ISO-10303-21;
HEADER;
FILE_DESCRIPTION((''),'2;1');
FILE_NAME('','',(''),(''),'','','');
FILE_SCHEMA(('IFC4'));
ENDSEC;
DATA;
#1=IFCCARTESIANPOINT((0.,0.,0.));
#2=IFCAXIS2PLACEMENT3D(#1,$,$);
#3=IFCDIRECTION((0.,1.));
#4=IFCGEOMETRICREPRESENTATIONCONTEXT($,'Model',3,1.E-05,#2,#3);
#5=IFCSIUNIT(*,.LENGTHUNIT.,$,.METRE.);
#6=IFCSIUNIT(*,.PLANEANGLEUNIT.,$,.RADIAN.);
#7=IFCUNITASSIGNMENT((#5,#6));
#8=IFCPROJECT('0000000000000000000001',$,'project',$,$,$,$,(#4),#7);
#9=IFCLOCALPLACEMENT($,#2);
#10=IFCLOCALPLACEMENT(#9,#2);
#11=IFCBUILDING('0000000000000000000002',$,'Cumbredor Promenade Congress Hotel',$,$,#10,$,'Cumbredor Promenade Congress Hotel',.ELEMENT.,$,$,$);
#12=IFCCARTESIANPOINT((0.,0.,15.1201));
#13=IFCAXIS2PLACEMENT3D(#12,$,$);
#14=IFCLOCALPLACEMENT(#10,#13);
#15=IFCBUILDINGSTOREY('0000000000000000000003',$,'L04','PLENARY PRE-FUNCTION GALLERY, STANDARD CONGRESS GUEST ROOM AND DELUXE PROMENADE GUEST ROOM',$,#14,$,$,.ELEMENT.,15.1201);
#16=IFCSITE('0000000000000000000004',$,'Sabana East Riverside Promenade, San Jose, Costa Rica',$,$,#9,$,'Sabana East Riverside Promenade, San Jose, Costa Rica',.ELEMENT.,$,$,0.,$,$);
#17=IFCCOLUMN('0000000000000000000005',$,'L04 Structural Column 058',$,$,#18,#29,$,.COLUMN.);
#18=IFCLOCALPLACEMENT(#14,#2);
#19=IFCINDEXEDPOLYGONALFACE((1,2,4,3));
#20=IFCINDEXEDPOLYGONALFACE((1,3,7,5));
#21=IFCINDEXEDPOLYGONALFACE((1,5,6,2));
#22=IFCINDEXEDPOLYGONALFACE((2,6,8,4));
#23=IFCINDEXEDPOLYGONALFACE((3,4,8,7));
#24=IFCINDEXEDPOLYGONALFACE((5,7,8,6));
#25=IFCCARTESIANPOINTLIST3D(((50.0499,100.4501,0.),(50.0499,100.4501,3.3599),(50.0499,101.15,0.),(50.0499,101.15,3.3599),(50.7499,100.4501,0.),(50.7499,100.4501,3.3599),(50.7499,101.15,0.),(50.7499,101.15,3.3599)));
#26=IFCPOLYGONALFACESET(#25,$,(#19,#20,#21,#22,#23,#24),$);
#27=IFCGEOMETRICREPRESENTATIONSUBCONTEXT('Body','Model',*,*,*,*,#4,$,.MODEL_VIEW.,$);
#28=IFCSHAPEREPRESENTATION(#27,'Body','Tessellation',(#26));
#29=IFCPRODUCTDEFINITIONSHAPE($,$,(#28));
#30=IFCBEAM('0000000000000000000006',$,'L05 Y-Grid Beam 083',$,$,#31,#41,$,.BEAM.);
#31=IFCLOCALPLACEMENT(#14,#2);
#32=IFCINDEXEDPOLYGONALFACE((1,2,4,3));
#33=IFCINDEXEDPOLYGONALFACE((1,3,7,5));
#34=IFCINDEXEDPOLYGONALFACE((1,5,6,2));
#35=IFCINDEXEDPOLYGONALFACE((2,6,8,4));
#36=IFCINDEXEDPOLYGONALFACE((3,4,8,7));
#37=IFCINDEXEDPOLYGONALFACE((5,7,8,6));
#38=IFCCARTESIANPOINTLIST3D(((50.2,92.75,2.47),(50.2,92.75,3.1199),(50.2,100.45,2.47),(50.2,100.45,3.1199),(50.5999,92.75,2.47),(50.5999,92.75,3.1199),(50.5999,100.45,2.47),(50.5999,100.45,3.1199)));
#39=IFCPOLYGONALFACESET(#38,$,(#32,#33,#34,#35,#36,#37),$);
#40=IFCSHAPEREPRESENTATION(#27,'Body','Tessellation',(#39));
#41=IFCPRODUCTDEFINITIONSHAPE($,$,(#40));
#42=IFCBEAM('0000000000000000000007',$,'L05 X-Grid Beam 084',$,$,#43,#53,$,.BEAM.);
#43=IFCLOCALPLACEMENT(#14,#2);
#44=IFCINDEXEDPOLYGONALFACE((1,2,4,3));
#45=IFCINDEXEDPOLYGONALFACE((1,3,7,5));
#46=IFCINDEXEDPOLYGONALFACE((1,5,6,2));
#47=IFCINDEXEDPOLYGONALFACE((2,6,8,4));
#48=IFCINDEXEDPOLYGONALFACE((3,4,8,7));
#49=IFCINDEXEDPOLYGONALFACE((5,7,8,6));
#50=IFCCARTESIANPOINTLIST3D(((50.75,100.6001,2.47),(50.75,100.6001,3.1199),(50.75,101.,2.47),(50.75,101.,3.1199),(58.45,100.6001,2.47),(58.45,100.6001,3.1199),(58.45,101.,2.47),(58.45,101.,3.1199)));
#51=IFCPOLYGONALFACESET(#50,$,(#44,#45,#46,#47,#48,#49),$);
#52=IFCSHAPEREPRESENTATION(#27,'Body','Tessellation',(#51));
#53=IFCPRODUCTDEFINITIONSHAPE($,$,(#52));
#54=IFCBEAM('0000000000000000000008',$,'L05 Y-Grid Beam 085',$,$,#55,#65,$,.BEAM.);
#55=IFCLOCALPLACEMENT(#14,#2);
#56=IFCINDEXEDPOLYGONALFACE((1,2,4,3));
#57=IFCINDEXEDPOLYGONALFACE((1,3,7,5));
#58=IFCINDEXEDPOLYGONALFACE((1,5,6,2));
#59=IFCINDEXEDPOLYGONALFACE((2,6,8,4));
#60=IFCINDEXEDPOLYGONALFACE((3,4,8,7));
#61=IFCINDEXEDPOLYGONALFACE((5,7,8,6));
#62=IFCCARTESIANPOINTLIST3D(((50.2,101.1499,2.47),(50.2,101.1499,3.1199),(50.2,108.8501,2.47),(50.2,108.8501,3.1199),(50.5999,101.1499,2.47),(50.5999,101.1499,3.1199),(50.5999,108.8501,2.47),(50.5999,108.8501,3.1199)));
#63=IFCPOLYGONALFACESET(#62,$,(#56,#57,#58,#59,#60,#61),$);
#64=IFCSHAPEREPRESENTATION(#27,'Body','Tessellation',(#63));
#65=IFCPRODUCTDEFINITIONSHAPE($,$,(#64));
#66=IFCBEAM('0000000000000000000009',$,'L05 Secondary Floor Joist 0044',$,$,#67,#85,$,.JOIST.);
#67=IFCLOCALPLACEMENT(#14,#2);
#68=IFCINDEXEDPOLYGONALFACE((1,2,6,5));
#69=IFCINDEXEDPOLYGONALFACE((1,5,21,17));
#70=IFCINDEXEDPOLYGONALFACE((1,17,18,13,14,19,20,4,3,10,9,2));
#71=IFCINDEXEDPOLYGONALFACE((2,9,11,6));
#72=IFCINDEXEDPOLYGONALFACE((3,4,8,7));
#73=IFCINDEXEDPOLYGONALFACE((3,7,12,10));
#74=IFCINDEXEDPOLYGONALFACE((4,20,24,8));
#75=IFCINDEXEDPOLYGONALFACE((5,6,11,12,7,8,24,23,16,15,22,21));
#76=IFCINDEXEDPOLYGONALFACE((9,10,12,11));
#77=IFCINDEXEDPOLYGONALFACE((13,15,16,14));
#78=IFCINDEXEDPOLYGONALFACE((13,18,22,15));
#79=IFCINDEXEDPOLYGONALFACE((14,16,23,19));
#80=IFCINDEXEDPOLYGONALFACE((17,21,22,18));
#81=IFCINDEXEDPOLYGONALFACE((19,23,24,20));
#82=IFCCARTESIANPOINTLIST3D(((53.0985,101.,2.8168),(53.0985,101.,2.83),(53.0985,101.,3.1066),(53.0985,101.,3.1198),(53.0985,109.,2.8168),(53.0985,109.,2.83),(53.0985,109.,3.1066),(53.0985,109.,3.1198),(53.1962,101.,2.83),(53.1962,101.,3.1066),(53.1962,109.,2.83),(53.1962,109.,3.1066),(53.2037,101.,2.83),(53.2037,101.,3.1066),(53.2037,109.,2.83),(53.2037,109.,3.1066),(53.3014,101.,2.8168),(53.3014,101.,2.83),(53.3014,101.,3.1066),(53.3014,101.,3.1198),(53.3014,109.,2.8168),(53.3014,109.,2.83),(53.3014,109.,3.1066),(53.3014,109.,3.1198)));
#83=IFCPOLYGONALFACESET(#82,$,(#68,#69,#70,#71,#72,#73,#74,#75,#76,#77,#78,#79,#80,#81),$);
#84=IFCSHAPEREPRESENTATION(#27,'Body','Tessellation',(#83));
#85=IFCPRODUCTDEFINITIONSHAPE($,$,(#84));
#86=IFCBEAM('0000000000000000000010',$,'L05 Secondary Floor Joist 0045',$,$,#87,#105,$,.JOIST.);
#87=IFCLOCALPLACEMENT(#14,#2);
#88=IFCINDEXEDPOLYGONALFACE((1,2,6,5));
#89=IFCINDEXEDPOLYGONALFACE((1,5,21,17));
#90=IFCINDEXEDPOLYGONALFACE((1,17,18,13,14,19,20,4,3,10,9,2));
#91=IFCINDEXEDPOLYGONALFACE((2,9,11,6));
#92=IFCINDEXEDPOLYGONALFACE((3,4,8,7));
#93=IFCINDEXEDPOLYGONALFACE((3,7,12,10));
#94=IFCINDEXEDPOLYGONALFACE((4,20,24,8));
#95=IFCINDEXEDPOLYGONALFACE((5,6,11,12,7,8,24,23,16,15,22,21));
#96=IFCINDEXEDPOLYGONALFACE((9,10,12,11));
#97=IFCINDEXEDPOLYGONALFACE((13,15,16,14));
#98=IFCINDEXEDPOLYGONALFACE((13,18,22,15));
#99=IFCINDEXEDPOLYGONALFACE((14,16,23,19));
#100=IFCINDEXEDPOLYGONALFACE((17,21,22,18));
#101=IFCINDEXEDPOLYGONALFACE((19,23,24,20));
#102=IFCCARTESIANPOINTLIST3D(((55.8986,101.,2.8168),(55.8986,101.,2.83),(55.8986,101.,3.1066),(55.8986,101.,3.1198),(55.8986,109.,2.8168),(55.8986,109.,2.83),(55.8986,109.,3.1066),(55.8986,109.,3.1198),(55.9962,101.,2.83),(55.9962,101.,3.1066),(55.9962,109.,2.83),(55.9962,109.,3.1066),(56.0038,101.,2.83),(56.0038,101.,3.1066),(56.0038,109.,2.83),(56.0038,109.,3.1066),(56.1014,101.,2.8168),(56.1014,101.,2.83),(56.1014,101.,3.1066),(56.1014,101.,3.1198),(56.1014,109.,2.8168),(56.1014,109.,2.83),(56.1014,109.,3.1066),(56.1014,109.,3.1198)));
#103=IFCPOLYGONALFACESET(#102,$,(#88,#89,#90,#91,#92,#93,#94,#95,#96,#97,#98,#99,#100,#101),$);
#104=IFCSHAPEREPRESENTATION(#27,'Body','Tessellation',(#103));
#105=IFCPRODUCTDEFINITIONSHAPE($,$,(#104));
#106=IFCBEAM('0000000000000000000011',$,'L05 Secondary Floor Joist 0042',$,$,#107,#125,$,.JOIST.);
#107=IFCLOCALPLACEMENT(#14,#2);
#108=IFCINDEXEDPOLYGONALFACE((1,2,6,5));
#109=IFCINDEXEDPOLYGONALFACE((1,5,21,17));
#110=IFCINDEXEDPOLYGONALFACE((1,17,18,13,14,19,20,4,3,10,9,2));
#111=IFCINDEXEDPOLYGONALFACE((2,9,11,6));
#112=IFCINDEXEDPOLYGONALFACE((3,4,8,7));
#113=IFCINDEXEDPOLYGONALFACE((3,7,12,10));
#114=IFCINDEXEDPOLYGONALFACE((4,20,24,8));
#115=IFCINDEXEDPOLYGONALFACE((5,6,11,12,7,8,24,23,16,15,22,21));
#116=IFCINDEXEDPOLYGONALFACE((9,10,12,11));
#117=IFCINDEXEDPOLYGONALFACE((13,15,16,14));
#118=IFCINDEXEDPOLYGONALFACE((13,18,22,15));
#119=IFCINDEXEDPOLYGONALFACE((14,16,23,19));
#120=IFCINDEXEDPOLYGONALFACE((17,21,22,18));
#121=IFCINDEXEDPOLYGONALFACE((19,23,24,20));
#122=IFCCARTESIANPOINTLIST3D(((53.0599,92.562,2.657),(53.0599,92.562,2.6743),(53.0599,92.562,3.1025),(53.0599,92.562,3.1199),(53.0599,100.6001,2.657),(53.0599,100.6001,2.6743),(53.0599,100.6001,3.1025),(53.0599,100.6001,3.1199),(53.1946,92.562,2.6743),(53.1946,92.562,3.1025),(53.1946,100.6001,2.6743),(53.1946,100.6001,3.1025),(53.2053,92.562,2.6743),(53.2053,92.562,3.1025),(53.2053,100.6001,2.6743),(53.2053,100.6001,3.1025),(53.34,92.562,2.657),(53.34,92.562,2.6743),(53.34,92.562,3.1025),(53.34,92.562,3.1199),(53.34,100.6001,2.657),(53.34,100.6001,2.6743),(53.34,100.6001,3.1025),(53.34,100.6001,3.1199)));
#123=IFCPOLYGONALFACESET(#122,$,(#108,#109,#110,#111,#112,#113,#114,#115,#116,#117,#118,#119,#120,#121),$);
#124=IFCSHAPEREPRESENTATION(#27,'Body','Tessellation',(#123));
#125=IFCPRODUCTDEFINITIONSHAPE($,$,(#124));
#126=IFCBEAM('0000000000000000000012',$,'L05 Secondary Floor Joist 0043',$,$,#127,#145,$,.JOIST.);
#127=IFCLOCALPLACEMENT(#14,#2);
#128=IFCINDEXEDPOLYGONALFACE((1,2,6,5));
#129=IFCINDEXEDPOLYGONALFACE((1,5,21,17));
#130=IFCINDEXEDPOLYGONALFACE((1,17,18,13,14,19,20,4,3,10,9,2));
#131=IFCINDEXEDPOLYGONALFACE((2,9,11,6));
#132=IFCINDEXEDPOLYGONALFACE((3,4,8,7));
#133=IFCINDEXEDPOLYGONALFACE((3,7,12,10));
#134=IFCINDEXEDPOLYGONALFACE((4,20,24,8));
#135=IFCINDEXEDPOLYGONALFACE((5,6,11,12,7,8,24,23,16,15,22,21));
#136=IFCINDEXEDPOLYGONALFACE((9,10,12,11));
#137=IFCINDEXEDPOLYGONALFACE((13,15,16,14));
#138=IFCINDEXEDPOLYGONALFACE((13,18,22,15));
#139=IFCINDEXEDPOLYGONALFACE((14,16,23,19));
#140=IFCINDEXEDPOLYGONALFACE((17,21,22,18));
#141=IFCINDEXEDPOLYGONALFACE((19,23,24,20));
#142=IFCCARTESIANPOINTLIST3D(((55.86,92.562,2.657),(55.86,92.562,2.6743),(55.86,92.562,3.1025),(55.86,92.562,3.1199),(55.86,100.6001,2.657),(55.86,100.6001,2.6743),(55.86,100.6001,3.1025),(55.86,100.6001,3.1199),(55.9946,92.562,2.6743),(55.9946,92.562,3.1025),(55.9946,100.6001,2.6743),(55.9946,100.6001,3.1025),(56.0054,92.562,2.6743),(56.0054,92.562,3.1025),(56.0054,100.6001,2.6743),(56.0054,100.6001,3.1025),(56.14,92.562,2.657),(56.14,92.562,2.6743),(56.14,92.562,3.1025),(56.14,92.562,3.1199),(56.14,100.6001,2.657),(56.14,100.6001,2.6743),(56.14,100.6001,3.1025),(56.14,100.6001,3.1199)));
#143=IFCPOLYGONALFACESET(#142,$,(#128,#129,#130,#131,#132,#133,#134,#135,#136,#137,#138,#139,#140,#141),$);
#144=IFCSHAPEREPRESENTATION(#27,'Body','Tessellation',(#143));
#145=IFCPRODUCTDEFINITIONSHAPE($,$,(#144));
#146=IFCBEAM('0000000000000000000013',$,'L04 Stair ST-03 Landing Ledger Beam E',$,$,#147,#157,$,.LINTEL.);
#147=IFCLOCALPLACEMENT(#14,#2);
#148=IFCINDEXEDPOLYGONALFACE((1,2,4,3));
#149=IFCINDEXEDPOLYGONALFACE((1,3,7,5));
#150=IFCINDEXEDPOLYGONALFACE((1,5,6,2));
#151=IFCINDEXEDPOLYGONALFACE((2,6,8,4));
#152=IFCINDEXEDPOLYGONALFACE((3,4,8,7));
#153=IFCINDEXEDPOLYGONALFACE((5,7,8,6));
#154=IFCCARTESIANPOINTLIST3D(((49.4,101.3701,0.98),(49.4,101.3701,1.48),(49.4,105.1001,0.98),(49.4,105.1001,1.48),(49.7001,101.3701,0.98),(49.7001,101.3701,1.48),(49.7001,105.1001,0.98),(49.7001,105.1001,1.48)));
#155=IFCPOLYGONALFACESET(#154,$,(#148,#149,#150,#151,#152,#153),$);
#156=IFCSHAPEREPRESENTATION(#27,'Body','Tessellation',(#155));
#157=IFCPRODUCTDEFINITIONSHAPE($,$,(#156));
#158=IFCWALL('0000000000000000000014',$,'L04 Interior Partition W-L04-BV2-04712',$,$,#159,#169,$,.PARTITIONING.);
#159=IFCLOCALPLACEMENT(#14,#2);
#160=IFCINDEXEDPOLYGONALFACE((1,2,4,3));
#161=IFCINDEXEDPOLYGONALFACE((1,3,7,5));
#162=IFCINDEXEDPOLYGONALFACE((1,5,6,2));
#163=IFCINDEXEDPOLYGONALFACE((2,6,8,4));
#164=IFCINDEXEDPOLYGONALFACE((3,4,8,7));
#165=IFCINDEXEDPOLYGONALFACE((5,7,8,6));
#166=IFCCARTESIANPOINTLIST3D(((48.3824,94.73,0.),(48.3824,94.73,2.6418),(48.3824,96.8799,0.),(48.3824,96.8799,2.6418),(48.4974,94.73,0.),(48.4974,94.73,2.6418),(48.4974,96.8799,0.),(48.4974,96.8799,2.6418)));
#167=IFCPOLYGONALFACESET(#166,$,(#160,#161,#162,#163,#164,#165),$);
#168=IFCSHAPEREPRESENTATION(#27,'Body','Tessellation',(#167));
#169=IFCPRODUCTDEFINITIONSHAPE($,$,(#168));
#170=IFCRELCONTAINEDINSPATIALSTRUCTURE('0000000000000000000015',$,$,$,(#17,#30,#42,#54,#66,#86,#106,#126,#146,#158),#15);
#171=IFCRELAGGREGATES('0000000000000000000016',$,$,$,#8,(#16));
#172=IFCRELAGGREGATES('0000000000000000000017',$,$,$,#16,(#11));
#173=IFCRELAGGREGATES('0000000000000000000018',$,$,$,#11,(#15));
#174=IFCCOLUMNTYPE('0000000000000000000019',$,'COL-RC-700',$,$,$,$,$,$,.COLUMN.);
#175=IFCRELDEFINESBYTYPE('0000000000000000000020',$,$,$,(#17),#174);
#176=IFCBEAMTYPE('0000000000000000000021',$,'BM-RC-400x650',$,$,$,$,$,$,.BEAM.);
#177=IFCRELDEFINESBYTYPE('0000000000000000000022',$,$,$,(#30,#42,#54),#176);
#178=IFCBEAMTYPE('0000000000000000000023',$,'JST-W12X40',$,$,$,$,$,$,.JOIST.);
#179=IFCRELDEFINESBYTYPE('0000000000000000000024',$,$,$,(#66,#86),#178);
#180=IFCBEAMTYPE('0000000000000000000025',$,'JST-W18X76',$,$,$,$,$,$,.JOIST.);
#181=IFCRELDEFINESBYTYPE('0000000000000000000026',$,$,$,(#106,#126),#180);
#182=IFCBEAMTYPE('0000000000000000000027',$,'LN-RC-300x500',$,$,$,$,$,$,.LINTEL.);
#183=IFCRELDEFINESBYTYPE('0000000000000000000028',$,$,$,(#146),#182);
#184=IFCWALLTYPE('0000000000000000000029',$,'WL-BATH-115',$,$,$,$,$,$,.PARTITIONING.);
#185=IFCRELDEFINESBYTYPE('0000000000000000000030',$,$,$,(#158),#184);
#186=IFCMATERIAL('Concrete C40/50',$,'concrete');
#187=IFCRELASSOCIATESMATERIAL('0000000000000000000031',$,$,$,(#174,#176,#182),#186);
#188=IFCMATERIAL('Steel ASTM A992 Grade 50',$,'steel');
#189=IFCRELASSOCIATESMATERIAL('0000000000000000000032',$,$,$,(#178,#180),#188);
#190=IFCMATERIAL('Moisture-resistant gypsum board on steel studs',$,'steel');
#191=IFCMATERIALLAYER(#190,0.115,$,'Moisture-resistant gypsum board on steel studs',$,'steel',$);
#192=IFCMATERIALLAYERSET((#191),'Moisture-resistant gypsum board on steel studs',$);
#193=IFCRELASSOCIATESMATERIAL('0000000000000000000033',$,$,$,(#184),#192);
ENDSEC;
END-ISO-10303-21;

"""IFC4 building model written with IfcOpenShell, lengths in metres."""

from ifc_helpers import new_model, si_unit, direction, frame, frame_2d, origin, origin_2d, place, context, subcontext, project, spatial, rectangle, i_section, extrude, material, layer, layer_set, material_profile, profile_set, type_object, element, save


model = new_model("IFC4")

# Units and contexts
model_context = context("Model", 3, precision=1e-05, world=origin(), true_north=direction((0.0, 1.0)))
body_context = subcontext(model_context, "Body", "Model", "MODEL_VIEW")
ifc_project = project(units=[si_unit("LENGTHUNIT", "METRE"), si_unit("PLANEANGLEUNIT", "RADIAN")], contexts=[model_context])

# Site, building, storey
site_placement = place(None, origin())
site = spatial("IfcSite", under=ifc_project, at=site_placement, Name="Sabana East Riverside Promenade, San Jose, Costa Rica", LongName="Sabana East Riverside Promenade, San Jose, Costa Rica", CompositionType="ELEMENT", RefElevation=0.0)
building_placement = place(site_placement, origin())
building = spatial("IfcBuilding", under=site, at=building_placement, Name="Cumbredor Promenade Congress Hotel", LongName="Cumbredor Promenade Congress Hotel", CompositionType="ELEMENT")
storey_placement = place(building_placement, frame((0.0, 0.0, 15.1201)))
storey = spatial("IfcBuildingStorey", under=building, at=storey_placement, Name="L04", Description="PLENARY PRE-FUNCTION GALLERY, STANDARD CONGRESS GUEST ROOM AND DELUXE PROMENADE GUEST ROOM", CompositionType="ELEMENT", Elevation=15.1201)

# Column
ifc_material_1 = material(Name="Concrete C40/50", Category="concrete")
ifc_material_profile_1 = material_profile(ifc_material_1, rectangle(XDim=0.7, YDim=0.7, at=origin_2d()), Name="RC 700x700")
ifc_profile_set_1 = profile_set([ifc_material_profile_1], Name="Concrete C40/50")
column_type = type_object("IfcColumnType", Name="COL-RC-700", PredefinedType="COLUMN", material=ifc_profile_set_1)
column_placement = place(storey_placement, frame((50.3999, 100.8, 0.0), z_axis=(0.0, 0.0, 1.0), x_axis=(1.0, 0.0, 0.0)))
element("IfcColumn", 1, at=column_placement, inside=storey, type_object=column_type, Name="L04 Structural Column 058", PredefinedType="COLUMN", context=body_context, shape_type="SweptSolid", body=[
    extrude(rectangle(XDim=0.7, YDim=0.7, at=origin_2d()), origin(), (0.0, 0.0, 1.0), 3.3599),
])

# Beams
ifc_material_profile_2 = material_profile(ifc_material_1, rectangle(XDim=0.3999, YDim=0.6499, at=origin_2d()), Name="RC BEAM 400x650")
ifc_profile_set_2 = profile_set([ifc_material_profile_2], Name="Concrete C40/50")
beam_type_1 = type_object("IfcBeamType", Name="BM-RC-400x650", PredefinedType="BEAM", material=ifc_profile_set_2)
for number, where, z_axis, x_axis, name in (
    (2, (50.3999, 92.75, 2.7949), (0.0, 1.0, 0.0), (-1.0, 0.0, 0.0), "L05 Y-Grid Beam 083"),
    (3, (50.75, 100.8, 2.7949), (1.0, 0.0, 0.0), (0.0, 1.0, 0.0), "L05 X-Grid Beam 084"),
):
    element("IfcBeam", number, at=place(storey_placement, frame(where, z_axis=z_axis, x_axis=x_axis)), inside=storey, type_object=beam_type_1, Name=name, PredefinedType="BEAM", context=body_context, shape_type="SweptSolid", body=[
        extrude(rectangle(XDim=0.3999, YDim=0.6499, at=origin_2d()), origin(), (0.0, 0.0, 1.0), 7.7),
    ])
beam_1_placement = place(storey_placement, frame((50.3999, 101.1499, 2.7949), z_axis=(0.0, 1.0, 0.0), x_axis=(-1.0, 0.0, 0.0)))
element("IfcBeam", 4, at=beam_1_placement, inside=storey, type_object=beam_type_1, Name="L05 Y-Grid Beam 085", PredefinedType="BEAM", context=body_context, shape_type="SweptSolid", body=[
    extrude(rectangle(XDim=0.3999, YDim=0.6499, at=origin_2d()), origin(), (0.0, 0.0, 1.0), 7.7002),
])
ifc_material_2 = material(Name="Steel ASTM A992 Grade 50", Category="steel")
ifc_material_profile_3 = material_profile(ifc_material_2, i_section(OverallWidth=0.2029, OverallDepth=0.303, WebThickness=0.0076, FlangeThickness=0.0132, at=origin_2d()), Name="W12X40")
ifc_profile_set_3 = profile_set([ifc_material_profile_3], Name="Steel ASTM A992 Grade 50")
beam_type_2 = type_object("IfcBeamType", Name="JST-W12X40", PredefinedType="JOIST", material=ifc_profile_set_3)
for number, where, z_axis, x_axis, name in (
    (5, (53.2, 101.0, 2.9683), (0.0, 1.0, 0.0), (-1.0, 0.0, 0.0), "L05 Secondary Floor Joist 0044"),
    (6, (56.0, 101.0, 2.9683), (0.0, 1.0, 0.0), (-1.0, 0.0, 0.0), "L05 Secondary Floor Joist 0045"),
):
    element("IfcBeam", number, at=place(storey_placement, frame(where, z_axis=z_axis, x_axis=x_axis)), inside=storey, type_object=beam_type_2, Name=name, PredefinedType="JOIST", context=body_context, shape_type="SweptSolid", body=[
        extrude(i_section(OverallWidth=0.2029, OverallDepth=0.303, WebThickness=0.0076, FlangeThickness=0.0132, at=origin_2d()), origin(), (0.0, 0.0, 1.0), 8.0),
    ])
ifc_material_profile_4 = material_profile(ifc_material_2, i_section(OverallWidth=0.28, OverallDepth=0.4629, WebThickness=0.0107, FlangeThickness=0.0173, at=origin_2d()), Name="W18X76")
ifc_profile_set_4 = profile_set([ifc_material_profile_4], Name="Steel ASTM A992 Grade 50")
beam_type_3 = type_object("IfcBeamType", Name="JST-W18X76", PredefinedType="JOIST", material=ifc_profile_set_4)
for number, where, z_axis, x_axis, name in (
    (7, (53.2, 92.562, 2.8884), (0.0, 1.0, 0.0), (-1.0, 0.0, 0.0), "L05 Secondary Floor Joist 0042"),
    (8, (56.0, 92.562, 2.8884), (0.0, 1.0, 0.0), (-1.0, 0.0, 0.0), "L05 Secondary Floor Joist 0043"),
):
    element("IfcBeam", number, at=place(storey_placement, frame(where, z_axis=z_axis, x_axis=x_axis)), inside=storey, type_object=beam_type_3, Name=name, PredefinedType="JOIST", context=body_context, shape_type="SweptSolid", body=[
        extrude(i_section(OverallWidth=0.28, OverallDepth=0.4629, WebThickness=0.0107, FlangeThickness=0.0173, at=origin_2d()), origin(), (0.0, 0.0, 1.0), 8.0381),
    ])
ifc_material_profile_5 = material_profile(ifc_material_1, rectangle(XDim=0.3, YDim=0.5, at=origin_2d()), Name="RC LINTEL 300x500")
ifc_profile_set_5 = profile_set([ifc_material_profile_5], Name="Concrete C40/50")
beam_type_4 = type_object("IfcBeamType", Name="LN-RC-300x500", PredefinedType="LINTEL", material=ifc_profile_set_5)
beam_2_placement = place(storey_placement, frame((49.55, 101.3701, 1.23), z_axis=(0.0, 1.0, 0.0), x_axis=(-1.0, 0.0, 0.0)))
element("IfcBeam", 9, at=beam_2_placement, inside=storey, type_object=beam_type_4, Name="L04 Stair ST-03 Landing Ledger Beam E", PredefinedType="LINTEL", context=body_context, shape_type="SweptSolid", body=[
    extrude(rectangle(XDim=0.3, YDim=0.5, at=origin_2d()), origin(), (0.0, 0.0, 1.0), 3.73),
])

# Wall
ifc_material_3 = material(Name="Moisture-resistant gypsum board on steel studs", Category="steel")
ifc_layer_1 = layer(ifc_material_3, 0.115, Name="Moisture-resistant gypsum board on steel studs", Category="steel")
ifc_layer_set_1 = layer_set([ifc_layer_1], Name="Moisture-resistant gypsum board on steel studs")
wall_type_1 = type_object("IfcWallType", Name="WL-BATH-115", PredefinedType="PARTITIONING", material=ifc_layer_set_1)
wall_1_placement = place(storey_placement, frame((48.4399, 94.73, 0.0), z_axis=(0.0, 0.0, 1.0), x_axis=(0.0, 1.0, 0.0)))
element("IfcWall", 10, at=wall_1_placement, inside=storey, type_object=wall_type_1, Name="L04 Interior Partition W-L04-BV2-04712", PredefinedType="PARTITIONING", context=body_context, shape_type="SweptSolid", body=[
    extrude(rectangle(XDim=2.1499, YDim=0.115, at=frame_2d((1.075, 0.0))), origin(), (0.0, 0.0, 1.0), 2.6418),
])

save(model, "model.ifc")
